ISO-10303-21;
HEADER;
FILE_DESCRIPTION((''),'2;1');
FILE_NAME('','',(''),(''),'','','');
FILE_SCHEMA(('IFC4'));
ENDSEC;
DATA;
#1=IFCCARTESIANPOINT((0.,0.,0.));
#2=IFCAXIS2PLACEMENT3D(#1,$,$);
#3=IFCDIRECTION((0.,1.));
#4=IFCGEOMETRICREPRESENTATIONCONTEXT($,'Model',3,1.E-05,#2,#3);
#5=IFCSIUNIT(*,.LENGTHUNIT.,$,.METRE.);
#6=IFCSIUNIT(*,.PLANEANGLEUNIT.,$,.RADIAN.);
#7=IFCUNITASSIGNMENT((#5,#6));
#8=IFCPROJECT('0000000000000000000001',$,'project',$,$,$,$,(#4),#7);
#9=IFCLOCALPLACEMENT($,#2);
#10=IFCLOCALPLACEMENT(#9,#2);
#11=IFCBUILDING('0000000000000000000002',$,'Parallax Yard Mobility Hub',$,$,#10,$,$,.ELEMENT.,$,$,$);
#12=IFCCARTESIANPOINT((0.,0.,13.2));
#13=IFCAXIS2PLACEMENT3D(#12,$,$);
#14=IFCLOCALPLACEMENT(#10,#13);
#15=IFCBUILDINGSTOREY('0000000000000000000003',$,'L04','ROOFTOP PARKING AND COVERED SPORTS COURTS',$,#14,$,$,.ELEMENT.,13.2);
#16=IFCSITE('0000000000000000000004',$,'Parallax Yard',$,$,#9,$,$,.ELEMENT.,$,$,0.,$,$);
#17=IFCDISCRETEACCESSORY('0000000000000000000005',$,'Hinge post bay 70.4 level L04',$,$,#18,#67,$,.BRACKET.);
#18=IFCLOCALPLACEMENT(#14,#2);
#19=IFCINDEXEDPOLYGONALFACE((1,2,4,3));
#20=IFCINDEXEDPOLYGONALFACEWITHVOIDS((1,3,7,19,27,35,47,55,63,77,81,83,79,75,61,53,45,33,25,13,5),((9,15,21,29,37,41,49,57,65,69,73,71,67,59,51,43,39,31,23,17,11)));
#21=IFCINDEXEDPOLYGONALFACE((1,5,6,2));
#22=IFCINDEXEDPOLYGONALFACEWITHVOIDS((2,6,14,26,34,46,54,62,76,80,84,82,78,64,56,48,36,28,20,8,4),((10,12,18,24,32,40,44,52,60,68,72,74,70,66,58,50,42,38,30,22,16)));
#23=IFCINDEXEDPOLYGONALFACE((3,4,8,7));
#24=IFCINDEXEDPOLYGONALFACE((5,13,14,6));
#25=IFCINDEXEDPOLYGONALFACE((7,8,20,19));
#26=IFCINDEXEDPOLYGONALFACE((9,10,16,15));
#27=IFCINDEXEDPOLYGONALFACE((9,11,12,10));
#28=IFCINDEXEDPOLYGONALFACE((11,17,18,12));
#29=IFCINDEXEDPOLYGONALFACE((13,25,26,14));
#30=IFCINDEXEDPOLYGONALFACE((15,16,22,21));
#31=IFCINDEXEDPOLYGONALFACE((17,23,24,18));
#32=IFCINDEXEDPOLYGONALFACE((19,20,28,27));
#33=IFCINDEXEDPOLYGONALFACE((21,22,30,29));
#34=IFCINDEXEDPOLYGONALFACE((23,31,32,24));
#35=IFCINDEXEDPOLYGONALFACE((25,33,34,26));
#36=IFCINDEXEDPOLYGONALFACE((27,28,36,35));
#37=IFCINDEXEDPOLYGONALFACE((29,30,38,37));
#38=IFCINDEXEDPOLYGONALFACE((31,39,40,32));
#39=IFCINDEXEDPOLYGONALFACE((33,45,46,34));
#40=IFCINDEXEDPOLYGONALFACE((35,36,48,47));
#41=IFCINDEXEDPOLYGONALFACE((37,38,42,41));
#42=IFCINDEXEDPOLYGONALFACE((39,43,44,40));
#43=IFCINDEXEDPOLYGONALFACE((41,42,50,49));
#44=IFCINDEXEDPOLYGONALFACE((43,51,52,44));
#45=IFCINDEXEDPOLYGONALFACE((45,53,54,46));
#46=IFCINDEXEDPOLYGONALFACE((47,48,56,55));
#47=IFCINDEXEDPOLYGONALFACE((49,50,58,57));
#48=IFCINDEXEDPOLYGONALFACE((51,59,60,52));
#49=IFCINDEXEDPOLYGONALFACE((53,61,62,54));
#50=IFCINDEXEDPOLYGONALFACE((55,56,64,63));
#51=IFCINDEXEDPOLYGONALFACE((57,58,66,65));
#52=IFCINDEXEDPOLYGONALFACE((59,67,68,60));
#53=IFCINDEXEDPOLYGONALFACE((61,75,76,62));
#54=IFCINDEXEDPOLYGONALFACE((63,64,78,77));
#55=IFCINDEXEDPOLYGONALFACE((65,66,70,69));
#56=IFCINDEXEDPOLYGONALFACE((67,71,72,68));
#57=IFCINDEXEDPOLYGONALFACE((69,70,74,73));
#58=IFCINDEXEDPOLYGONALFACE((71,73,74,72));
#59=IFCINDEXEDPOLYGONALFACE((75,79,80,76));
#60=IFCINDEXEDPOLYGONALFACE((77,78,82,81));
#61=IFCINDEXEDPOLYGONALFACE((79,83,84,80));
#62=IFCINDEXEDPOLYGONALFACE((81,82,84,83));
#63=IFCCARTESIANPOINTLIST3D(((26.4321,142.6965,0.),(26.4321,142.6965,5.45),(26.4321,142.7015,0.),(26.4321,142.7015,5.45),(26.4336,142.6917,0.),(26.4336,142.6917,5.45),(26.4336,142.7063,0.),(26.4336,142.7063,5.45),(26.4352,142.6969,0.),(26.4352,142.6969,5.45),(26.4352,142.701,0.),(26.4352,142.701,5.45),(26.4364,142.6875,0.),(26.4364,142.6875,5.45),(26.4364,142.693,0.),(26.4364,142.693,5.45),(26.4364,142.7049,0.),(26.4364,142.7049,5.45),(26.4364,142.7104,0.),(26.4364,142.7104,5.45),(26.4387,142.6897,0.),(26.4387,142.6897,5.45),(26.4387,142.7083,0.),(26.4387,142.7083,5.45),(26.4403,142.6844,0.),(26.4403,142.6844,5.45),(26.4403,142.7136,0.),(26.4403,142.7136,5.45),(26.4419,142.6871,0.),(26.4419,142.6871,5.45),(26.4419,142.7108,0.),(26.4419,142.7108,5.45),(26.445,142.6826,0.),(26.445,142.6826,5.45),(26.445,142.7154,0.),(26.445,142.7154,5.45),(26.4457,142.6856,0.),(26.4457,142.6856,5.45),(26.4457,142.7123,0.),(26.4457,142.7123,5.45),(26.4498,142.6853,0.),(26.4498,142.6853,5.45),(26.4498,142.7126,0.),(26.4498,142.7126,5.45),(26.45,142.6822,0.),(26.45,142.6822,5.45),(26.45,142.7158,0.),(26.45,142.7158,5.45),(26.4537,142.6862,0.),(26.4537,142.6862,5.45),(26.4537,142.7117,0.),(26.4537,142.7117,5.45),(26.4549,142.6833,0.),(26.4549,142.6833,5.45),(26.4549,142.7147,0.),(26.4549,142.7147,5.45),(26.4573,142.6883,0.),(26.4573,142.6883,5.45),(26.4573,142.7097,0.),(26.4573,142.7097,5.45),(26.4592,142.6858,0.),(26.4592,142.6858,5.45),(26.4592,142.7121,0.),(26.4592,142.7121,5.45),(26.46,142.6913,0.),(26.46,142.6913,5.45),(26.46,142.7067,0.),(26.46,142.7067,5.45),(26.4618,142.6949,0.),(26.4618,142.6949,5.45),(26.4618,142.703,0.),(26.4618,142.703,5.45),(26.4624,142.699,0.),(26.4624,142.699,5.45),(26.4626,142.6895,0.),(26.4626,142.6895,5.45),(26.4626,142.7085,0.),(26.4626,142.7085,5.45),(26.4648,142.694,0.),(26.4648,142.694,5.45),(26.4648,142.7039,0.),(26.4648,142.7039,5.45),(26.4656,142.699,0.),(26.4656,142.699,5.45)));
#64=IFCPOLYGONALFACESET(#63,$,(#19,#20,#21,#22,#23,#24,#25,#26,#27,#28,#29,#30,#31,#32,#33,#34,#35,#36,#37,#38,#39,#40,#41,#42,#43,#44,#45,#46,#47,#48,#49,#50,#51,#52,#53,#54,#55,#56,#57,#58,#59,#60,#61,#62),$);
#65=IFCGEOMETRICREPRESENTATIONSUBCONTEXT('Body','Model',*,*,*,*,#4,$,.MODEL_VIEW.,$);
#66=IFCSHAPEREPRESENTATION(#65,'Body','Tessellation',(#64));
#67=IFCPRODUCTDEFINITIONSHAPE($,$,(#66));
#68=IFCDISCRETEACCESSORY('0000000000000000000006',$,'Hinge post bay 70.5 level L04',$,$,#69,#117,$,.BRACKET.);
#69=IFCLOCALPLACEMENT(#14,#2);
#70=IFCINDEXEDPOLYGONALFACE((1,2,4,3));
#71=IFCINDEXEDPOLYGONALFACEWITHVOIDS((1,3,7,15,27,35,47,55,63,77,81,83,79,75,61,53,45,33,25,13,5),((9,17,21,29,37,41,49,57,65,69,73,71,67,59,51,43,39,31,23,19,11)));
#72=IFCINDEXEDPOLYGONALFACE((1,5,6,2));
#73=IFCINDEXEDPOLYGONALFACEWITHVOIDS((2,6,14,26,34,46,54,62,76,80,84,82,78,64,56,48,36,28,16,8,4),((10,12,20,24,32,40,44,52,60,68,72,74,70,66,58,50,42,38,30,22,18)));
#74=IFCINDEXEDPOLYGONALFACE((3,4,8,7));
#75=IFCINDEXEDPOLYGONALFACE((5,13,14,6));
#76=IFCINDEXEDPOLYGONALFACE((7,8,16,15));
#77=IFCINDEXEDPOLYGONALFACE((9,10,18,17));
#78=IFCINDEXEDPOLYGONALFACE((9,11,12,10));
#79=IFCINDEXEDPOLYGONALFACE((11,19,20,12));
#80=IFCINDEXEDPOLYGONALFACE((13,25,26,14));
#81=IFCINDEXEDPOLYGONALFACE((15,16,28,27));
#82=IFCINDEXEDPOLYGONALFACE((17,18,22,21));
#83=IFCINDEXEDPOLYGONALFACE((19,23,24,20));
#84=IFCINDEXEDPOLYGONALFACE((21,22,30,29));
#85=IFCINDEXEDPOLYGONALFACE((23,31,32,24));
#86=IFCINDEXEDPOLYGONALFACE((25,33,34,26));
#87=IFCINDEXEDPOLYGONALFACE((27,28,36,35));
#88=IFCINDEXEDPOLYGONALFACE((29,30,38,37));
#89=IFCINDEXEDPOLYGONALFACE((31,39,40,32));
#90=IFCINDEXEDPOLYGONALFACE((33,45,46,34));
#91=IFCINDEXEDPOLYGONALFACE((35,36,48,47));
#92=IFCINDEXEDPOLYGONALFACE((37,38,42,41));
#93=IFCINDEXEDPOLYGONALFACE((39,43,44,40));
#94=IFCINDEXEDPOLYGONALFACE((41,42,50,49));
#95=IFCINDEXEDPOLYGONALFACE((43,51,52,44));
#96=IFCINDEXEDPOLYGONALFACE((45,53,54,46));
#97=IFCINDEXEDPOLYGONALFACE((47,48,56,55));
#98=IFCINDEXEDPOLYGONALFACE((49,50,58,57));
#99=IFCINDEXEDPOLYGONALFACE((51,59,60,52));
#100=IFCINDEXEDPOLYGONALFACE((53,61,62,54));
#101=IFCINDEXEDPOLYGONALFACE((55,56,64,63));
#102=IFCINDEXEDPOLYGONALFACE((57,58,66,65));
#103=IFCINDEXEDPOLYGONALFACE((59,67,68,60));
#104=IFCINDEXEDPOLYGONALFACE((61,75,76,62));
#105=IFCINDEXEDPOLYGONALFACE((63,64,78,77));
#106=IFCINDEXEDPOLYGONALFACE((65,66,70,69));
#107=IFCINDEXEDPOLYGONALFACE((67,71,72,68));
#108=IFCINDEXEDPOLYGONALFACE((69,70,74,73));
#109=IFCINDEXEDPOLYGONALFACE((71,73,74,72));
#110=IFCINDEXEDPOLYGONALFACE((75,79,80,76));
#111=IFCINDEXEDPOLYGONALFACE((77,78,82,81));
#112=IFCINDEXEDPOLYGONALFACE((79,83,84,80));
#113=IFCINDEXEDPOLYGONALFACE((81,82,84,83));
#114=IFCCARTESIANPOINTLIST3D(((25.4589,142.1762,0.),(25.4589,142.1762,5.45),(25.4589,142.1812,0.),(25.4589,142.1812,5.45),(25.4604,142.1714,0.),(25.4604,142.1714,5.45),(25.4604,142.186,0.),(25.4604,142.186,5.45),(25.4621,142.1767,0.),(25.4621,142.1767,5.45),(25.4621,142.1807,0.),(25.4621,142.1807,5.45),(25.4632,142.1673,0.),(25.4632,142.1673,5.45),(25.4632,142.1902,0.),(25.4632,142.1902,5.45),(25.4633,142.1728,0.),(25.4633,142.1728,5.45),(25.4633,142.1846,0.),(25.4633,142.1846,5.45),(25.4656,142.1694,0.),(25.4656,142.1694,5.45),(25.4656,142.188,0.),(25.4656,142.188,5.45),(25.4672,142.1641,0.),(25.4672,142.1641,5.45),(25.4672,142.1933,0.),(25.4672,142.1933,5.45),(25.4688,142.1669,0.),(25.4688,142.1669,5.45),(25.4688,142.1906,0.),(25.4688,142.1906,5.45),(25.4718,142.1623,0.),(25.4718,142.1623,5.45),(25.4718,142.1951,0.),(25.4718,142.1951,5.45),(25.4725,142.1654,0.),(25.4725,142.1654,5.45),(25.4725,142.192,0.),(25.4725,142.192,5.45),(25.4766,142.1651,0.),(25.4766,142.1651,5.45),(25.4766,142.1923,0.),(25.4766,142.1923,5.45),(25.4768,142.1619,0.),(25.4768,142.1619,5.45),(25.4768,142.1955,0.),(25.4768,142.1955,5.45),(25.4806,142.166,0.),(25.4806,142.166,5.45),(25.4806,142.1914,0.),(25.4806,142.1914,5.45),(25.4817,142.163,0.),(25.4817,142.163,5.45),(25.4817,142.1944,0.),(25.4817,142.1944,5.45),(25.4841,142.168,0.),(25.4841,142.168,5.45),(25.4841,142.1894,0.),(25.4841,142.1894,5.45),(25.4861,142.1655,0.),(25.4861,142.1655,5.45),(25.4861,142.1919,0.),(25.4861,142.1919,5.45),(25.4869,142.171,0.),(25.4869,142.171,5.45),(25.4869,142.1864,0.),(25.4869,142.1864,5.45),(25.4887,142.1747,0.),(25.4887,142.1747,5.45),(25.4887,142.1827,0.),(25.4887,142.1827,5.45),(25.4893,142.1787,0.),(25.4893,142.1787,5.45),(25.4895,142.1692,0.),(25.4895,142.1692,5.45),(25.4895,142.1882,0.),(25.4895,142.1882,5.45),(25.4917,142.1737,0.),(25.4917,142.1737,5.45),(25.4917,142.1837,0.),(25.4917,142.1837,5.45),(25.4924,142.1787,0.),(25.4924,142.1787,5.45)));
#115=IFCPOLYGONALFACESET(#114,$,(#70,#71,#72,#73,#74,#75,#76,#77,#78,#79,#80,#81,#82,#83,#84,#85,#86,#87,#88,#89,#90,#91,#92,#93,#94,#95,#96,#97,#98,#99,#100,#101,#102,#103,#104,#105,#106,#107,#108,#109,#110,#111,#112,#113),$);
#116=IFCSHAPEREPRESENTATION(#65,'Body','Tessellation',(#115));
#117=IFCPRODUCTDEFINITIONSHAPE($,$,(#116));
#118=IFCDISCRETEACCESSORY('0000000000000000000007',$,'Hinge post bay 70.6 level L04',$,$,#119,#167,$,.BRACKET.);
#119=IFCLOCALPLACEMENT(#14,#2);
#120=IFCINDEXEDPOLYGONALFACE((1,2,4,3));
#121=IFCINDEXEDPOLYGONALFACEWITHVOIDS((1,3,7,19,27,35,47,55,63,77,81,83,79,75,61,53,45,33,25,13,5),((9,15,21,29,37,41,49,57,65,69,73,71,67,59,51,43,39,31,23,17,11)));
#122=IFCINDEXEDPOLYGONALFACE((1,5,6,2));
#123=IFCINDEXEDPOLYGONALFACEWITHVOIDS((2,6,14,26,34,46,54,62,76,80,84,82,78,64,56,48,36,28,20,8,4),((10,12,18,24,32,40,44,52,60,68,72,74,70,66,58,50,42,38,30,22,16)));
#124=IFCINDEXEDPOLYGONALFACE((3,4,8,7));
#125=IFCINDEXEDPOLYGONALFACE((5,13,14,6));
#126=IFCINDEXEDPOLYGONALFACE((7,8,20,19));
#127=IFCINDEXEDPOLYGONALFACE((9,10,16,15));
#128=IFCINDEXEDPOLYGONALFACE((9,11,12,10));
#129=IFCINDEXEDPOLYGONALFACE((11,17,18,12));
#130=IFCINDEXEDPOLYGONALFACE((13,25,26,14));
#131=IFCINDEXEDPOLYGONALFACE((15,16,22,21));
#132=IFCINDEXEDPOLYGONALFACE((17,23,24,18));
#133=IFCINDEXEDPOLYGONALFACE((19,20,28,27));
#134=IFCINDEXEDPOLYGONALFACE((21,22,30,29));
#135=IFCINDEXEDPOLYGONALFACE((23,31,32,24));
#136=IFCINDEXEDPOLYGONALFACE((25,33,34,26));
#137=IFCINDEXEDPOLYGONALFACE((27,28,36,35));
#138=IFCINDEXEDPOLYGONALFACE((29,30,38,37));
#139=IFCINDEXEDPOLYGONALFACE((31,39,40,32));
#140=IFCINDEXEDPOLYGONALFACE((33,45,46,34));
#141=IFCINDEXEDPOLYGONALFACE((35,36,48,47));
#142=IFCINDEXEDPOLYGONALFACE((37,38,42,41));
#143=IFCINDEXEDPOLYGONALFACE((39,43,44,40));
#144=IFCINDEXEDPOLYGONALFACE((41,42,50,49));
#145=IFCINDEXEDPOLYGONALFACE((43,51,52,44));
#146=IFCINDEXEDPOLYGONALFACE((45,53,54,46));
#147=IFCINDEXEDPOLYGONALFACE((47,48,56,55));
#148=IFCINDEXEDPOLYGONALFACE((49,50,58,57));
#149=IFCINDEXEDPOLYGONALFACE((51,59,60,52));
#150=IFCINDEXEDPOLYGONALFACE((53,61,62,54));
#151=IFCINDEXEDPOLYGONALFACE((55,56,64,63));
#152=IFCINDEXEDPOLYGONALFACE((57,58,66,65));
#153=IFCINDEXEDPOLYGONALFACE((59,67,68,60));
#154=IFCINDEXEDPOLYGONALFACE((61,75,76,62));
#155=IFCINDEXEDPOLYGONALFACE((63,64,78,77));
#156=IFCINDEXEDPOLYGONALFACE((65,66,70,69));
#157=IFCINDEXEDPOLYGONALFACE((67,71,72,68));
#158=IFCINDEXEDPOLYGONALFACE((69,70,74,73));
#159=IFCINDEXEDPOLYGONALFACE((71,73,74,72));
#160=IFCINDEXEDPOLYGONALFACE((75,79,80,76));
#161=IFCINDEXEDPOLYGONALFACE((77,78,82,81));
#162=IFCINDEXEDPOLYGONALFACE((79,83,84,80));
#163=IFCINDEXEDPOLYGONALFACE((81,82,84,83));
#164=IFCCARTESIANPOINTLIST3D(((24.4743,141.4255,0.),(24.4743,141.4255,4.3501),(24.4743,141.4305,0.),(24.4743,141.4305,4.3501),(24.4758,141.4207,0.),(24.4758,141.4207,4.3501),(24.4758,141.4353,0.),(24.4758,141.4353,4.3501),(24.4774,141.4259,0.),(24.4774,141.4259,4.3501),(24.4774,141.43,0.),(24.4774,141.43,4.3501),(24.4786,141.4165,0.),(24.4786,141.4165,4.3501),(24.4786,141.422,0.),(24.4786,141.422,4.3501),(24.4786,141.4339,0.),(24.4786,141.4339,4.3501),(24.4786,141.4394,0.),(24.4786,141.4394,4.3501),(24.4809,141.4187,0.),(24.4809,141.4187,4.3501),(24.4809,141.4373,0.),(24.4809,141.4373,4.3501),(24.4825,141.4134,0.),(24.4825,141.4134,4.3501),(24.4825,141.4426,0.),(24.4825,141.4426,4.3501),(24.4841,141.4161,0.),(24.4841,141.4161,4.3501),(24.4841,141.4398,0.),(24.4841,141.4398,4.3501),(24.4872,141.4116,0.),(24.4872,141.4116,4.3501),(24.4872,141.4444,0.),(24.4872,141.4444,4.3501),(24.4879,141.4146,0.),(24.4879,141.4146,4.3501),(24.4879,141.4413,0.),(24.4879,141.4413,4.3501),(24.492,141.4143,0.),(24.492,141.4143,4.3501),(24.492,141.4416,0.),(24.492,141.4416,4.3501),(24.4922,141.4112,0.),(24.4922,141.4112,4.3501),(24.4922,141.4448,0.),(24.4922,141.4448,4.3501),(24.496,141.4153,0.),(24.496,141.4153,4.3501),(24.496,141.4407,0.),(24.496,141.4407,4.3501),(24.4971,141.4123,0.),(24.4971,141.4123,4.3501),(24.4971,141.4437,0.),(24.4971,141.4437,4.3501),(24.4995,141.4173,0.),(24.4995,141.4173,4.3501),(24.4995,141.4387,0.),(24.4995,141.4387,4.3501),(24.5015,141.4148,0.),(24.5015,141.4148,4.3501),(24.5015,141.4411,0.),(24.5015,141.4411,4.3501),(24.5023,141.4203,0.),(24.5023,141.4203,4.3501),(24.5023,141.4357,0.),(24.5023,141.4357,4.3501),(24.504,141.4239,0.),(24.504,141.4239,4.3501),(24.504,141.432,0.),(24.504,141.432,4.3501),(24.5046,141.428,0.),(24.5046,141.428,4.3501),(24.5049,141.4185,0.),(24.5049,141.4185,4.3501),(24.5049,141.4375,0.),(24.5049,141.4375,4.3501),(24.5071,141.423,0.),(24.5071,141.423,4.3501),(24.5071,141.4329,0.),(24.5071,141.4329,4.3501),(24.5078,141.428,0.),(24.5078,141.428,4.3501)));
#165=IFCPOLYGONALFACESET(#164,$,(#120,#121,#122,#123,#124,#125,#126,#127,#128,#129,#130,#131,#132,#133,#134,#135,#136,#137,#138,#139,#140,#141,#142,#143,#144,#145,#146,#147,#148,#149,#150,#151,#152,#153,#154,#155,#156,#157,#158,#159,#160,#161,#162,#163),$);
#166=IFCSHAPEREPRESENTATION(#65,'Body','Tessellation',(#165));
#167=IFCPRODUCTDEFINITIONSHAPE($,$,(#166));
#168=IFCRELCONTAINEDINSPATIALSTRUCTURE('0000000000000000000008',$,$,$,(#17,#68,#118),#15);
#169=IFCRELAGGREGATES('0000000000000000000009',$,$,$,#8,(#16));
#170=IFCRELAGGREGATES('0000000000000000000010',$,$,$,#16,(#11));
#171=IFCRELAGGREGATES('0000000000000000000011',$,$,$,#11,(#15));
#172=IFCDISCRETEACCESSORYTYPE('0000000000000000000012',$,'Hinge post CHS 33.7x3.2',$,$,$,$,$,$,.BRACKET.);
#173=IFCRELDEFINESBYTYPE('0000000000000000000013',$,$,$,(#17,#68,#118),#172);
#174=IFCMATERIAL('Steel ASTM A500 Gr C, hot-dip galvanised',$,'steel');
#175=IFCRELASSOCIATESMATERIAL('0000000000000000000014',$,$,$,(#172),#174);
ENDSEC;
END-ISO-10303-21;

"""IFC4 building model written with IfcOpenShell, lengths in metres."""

from ifc_helpers import new_model, si_unit, direction, frame, origin, origin_2d, place, context, subcontext, project, spatial, hollow_circle, extrude, material, material_profile, profile_set, type_object, element, save


model = new_model("IFC4")

# Units and contexts
model_context = context("Model", 3, precision=1e-05, world=origin(), true_north=direction((0.0, 1.0)))
body_context = subcontext(model_context, "Body", "Model", "MODEL_VIEW")
ifc_project = project(units=[si_unit("LENGTHUNIT", "METRE"), si_unit("PLANEANGLEUNIT", "RADIAN")], contexts=[model_context])

# Site, building, storey
site_placement = place(None, origin())
site = spatial("IfcSite", under=ifc_project, at=site_placement, Name="Parallax Yard", CompositionType="ELEMENT", RefElevation=0.0)
building_placement = place(site_placement, origin())
building = spatial("IfcBuilding", under=site, at=building_placement, Name="Parallax Yard Mobility Hub", CompositionType="ELEMENT")
storey_placement = place(building_placement, frame((0.0, 0.0, 13.2)))
storey = spatial("IfcBuildingStorey", under=building, at=storey_placement, Name="L04", Description="ROOFTOP PARKING AND COVERED SPORTS COURTS", CompositionType="ELEMENT", Elevation=13.2)

# Discrete accessories
ifc_material_1 = material(Name="Steel ASTM A500 Gr C, hot-dip galvanised", Category="steel")
ifc_material_profile_1 = material_profile(ifc_material_1, hollow_circle(Radius=0.0168, WallThickness=0.0032, at=origin_2d()), Name="CHS 33.7x3.2")
ifc_profile_set_1 = profile_set([ifc_material_profile_1], Name="Steel ASTM A500 Gr C, hot-dip galvanised")
discrete_accessory_type_1 = type_object("IfcDiscreteAccessoryType", Name="Hinge post CHS 33.7x3.2", PredefinedType="BRACKET", material=ifc_profile_set_1)
for number, where, z_axis, x_axis, name in (
    (1, (26.4487, 142.699, 0.0), (0.0, 0.0, 1.0), (1.0, 0.0, 0.0), "Hinge post bay 70.4 level L04"),
    (2, (25.4756, 142.1787, 0.0), (0.0, 0.0, 1.0), (1.0, 0.0, 0.0), "Hinge post bay 70.5 level L04"),
):
    element("IfcDiscreteAccessory", number, at=place(storey_placement, frame(where, z_axis=z_axis, x_axis=x_axis)), inside=storey, type_object=discrete_accessory_type_1, Name=name, PredefinedType="BRACKET", context=body_context, shape_type="SweptSolid", body=[
        extrude(hollow_circle(Radius=0.0168, WallThickness=0.0032, at=origin_2d()), origin(), (0.0, 0.0, 1.0), 5.45),
    ])
discrete_accessory_1_placement = place(storey_placement, frame((24.491, 141.428, 0.0), z_axis=(0.0, 0.0, 1.0), x_axis=(1.0, 0.0, 0.0)))
element("IfcDiscreteAccessory", 3, at=discrete_accessory_1_placement, inside=storey, type_object=discrete_accessory_type_1, Name="Hinge post bay 70.6 level L04", PredefinedType="BRACKET", context=body_context, shape_type="SweptSolid", body=[
    extrude(hollow_circle(Radius=0.0168, WallThickness=0.0032, at=origin_2d()), origin(), (0.0, 0.0, 1.0), 4.3501),
])

save(model, "model.ifc")
